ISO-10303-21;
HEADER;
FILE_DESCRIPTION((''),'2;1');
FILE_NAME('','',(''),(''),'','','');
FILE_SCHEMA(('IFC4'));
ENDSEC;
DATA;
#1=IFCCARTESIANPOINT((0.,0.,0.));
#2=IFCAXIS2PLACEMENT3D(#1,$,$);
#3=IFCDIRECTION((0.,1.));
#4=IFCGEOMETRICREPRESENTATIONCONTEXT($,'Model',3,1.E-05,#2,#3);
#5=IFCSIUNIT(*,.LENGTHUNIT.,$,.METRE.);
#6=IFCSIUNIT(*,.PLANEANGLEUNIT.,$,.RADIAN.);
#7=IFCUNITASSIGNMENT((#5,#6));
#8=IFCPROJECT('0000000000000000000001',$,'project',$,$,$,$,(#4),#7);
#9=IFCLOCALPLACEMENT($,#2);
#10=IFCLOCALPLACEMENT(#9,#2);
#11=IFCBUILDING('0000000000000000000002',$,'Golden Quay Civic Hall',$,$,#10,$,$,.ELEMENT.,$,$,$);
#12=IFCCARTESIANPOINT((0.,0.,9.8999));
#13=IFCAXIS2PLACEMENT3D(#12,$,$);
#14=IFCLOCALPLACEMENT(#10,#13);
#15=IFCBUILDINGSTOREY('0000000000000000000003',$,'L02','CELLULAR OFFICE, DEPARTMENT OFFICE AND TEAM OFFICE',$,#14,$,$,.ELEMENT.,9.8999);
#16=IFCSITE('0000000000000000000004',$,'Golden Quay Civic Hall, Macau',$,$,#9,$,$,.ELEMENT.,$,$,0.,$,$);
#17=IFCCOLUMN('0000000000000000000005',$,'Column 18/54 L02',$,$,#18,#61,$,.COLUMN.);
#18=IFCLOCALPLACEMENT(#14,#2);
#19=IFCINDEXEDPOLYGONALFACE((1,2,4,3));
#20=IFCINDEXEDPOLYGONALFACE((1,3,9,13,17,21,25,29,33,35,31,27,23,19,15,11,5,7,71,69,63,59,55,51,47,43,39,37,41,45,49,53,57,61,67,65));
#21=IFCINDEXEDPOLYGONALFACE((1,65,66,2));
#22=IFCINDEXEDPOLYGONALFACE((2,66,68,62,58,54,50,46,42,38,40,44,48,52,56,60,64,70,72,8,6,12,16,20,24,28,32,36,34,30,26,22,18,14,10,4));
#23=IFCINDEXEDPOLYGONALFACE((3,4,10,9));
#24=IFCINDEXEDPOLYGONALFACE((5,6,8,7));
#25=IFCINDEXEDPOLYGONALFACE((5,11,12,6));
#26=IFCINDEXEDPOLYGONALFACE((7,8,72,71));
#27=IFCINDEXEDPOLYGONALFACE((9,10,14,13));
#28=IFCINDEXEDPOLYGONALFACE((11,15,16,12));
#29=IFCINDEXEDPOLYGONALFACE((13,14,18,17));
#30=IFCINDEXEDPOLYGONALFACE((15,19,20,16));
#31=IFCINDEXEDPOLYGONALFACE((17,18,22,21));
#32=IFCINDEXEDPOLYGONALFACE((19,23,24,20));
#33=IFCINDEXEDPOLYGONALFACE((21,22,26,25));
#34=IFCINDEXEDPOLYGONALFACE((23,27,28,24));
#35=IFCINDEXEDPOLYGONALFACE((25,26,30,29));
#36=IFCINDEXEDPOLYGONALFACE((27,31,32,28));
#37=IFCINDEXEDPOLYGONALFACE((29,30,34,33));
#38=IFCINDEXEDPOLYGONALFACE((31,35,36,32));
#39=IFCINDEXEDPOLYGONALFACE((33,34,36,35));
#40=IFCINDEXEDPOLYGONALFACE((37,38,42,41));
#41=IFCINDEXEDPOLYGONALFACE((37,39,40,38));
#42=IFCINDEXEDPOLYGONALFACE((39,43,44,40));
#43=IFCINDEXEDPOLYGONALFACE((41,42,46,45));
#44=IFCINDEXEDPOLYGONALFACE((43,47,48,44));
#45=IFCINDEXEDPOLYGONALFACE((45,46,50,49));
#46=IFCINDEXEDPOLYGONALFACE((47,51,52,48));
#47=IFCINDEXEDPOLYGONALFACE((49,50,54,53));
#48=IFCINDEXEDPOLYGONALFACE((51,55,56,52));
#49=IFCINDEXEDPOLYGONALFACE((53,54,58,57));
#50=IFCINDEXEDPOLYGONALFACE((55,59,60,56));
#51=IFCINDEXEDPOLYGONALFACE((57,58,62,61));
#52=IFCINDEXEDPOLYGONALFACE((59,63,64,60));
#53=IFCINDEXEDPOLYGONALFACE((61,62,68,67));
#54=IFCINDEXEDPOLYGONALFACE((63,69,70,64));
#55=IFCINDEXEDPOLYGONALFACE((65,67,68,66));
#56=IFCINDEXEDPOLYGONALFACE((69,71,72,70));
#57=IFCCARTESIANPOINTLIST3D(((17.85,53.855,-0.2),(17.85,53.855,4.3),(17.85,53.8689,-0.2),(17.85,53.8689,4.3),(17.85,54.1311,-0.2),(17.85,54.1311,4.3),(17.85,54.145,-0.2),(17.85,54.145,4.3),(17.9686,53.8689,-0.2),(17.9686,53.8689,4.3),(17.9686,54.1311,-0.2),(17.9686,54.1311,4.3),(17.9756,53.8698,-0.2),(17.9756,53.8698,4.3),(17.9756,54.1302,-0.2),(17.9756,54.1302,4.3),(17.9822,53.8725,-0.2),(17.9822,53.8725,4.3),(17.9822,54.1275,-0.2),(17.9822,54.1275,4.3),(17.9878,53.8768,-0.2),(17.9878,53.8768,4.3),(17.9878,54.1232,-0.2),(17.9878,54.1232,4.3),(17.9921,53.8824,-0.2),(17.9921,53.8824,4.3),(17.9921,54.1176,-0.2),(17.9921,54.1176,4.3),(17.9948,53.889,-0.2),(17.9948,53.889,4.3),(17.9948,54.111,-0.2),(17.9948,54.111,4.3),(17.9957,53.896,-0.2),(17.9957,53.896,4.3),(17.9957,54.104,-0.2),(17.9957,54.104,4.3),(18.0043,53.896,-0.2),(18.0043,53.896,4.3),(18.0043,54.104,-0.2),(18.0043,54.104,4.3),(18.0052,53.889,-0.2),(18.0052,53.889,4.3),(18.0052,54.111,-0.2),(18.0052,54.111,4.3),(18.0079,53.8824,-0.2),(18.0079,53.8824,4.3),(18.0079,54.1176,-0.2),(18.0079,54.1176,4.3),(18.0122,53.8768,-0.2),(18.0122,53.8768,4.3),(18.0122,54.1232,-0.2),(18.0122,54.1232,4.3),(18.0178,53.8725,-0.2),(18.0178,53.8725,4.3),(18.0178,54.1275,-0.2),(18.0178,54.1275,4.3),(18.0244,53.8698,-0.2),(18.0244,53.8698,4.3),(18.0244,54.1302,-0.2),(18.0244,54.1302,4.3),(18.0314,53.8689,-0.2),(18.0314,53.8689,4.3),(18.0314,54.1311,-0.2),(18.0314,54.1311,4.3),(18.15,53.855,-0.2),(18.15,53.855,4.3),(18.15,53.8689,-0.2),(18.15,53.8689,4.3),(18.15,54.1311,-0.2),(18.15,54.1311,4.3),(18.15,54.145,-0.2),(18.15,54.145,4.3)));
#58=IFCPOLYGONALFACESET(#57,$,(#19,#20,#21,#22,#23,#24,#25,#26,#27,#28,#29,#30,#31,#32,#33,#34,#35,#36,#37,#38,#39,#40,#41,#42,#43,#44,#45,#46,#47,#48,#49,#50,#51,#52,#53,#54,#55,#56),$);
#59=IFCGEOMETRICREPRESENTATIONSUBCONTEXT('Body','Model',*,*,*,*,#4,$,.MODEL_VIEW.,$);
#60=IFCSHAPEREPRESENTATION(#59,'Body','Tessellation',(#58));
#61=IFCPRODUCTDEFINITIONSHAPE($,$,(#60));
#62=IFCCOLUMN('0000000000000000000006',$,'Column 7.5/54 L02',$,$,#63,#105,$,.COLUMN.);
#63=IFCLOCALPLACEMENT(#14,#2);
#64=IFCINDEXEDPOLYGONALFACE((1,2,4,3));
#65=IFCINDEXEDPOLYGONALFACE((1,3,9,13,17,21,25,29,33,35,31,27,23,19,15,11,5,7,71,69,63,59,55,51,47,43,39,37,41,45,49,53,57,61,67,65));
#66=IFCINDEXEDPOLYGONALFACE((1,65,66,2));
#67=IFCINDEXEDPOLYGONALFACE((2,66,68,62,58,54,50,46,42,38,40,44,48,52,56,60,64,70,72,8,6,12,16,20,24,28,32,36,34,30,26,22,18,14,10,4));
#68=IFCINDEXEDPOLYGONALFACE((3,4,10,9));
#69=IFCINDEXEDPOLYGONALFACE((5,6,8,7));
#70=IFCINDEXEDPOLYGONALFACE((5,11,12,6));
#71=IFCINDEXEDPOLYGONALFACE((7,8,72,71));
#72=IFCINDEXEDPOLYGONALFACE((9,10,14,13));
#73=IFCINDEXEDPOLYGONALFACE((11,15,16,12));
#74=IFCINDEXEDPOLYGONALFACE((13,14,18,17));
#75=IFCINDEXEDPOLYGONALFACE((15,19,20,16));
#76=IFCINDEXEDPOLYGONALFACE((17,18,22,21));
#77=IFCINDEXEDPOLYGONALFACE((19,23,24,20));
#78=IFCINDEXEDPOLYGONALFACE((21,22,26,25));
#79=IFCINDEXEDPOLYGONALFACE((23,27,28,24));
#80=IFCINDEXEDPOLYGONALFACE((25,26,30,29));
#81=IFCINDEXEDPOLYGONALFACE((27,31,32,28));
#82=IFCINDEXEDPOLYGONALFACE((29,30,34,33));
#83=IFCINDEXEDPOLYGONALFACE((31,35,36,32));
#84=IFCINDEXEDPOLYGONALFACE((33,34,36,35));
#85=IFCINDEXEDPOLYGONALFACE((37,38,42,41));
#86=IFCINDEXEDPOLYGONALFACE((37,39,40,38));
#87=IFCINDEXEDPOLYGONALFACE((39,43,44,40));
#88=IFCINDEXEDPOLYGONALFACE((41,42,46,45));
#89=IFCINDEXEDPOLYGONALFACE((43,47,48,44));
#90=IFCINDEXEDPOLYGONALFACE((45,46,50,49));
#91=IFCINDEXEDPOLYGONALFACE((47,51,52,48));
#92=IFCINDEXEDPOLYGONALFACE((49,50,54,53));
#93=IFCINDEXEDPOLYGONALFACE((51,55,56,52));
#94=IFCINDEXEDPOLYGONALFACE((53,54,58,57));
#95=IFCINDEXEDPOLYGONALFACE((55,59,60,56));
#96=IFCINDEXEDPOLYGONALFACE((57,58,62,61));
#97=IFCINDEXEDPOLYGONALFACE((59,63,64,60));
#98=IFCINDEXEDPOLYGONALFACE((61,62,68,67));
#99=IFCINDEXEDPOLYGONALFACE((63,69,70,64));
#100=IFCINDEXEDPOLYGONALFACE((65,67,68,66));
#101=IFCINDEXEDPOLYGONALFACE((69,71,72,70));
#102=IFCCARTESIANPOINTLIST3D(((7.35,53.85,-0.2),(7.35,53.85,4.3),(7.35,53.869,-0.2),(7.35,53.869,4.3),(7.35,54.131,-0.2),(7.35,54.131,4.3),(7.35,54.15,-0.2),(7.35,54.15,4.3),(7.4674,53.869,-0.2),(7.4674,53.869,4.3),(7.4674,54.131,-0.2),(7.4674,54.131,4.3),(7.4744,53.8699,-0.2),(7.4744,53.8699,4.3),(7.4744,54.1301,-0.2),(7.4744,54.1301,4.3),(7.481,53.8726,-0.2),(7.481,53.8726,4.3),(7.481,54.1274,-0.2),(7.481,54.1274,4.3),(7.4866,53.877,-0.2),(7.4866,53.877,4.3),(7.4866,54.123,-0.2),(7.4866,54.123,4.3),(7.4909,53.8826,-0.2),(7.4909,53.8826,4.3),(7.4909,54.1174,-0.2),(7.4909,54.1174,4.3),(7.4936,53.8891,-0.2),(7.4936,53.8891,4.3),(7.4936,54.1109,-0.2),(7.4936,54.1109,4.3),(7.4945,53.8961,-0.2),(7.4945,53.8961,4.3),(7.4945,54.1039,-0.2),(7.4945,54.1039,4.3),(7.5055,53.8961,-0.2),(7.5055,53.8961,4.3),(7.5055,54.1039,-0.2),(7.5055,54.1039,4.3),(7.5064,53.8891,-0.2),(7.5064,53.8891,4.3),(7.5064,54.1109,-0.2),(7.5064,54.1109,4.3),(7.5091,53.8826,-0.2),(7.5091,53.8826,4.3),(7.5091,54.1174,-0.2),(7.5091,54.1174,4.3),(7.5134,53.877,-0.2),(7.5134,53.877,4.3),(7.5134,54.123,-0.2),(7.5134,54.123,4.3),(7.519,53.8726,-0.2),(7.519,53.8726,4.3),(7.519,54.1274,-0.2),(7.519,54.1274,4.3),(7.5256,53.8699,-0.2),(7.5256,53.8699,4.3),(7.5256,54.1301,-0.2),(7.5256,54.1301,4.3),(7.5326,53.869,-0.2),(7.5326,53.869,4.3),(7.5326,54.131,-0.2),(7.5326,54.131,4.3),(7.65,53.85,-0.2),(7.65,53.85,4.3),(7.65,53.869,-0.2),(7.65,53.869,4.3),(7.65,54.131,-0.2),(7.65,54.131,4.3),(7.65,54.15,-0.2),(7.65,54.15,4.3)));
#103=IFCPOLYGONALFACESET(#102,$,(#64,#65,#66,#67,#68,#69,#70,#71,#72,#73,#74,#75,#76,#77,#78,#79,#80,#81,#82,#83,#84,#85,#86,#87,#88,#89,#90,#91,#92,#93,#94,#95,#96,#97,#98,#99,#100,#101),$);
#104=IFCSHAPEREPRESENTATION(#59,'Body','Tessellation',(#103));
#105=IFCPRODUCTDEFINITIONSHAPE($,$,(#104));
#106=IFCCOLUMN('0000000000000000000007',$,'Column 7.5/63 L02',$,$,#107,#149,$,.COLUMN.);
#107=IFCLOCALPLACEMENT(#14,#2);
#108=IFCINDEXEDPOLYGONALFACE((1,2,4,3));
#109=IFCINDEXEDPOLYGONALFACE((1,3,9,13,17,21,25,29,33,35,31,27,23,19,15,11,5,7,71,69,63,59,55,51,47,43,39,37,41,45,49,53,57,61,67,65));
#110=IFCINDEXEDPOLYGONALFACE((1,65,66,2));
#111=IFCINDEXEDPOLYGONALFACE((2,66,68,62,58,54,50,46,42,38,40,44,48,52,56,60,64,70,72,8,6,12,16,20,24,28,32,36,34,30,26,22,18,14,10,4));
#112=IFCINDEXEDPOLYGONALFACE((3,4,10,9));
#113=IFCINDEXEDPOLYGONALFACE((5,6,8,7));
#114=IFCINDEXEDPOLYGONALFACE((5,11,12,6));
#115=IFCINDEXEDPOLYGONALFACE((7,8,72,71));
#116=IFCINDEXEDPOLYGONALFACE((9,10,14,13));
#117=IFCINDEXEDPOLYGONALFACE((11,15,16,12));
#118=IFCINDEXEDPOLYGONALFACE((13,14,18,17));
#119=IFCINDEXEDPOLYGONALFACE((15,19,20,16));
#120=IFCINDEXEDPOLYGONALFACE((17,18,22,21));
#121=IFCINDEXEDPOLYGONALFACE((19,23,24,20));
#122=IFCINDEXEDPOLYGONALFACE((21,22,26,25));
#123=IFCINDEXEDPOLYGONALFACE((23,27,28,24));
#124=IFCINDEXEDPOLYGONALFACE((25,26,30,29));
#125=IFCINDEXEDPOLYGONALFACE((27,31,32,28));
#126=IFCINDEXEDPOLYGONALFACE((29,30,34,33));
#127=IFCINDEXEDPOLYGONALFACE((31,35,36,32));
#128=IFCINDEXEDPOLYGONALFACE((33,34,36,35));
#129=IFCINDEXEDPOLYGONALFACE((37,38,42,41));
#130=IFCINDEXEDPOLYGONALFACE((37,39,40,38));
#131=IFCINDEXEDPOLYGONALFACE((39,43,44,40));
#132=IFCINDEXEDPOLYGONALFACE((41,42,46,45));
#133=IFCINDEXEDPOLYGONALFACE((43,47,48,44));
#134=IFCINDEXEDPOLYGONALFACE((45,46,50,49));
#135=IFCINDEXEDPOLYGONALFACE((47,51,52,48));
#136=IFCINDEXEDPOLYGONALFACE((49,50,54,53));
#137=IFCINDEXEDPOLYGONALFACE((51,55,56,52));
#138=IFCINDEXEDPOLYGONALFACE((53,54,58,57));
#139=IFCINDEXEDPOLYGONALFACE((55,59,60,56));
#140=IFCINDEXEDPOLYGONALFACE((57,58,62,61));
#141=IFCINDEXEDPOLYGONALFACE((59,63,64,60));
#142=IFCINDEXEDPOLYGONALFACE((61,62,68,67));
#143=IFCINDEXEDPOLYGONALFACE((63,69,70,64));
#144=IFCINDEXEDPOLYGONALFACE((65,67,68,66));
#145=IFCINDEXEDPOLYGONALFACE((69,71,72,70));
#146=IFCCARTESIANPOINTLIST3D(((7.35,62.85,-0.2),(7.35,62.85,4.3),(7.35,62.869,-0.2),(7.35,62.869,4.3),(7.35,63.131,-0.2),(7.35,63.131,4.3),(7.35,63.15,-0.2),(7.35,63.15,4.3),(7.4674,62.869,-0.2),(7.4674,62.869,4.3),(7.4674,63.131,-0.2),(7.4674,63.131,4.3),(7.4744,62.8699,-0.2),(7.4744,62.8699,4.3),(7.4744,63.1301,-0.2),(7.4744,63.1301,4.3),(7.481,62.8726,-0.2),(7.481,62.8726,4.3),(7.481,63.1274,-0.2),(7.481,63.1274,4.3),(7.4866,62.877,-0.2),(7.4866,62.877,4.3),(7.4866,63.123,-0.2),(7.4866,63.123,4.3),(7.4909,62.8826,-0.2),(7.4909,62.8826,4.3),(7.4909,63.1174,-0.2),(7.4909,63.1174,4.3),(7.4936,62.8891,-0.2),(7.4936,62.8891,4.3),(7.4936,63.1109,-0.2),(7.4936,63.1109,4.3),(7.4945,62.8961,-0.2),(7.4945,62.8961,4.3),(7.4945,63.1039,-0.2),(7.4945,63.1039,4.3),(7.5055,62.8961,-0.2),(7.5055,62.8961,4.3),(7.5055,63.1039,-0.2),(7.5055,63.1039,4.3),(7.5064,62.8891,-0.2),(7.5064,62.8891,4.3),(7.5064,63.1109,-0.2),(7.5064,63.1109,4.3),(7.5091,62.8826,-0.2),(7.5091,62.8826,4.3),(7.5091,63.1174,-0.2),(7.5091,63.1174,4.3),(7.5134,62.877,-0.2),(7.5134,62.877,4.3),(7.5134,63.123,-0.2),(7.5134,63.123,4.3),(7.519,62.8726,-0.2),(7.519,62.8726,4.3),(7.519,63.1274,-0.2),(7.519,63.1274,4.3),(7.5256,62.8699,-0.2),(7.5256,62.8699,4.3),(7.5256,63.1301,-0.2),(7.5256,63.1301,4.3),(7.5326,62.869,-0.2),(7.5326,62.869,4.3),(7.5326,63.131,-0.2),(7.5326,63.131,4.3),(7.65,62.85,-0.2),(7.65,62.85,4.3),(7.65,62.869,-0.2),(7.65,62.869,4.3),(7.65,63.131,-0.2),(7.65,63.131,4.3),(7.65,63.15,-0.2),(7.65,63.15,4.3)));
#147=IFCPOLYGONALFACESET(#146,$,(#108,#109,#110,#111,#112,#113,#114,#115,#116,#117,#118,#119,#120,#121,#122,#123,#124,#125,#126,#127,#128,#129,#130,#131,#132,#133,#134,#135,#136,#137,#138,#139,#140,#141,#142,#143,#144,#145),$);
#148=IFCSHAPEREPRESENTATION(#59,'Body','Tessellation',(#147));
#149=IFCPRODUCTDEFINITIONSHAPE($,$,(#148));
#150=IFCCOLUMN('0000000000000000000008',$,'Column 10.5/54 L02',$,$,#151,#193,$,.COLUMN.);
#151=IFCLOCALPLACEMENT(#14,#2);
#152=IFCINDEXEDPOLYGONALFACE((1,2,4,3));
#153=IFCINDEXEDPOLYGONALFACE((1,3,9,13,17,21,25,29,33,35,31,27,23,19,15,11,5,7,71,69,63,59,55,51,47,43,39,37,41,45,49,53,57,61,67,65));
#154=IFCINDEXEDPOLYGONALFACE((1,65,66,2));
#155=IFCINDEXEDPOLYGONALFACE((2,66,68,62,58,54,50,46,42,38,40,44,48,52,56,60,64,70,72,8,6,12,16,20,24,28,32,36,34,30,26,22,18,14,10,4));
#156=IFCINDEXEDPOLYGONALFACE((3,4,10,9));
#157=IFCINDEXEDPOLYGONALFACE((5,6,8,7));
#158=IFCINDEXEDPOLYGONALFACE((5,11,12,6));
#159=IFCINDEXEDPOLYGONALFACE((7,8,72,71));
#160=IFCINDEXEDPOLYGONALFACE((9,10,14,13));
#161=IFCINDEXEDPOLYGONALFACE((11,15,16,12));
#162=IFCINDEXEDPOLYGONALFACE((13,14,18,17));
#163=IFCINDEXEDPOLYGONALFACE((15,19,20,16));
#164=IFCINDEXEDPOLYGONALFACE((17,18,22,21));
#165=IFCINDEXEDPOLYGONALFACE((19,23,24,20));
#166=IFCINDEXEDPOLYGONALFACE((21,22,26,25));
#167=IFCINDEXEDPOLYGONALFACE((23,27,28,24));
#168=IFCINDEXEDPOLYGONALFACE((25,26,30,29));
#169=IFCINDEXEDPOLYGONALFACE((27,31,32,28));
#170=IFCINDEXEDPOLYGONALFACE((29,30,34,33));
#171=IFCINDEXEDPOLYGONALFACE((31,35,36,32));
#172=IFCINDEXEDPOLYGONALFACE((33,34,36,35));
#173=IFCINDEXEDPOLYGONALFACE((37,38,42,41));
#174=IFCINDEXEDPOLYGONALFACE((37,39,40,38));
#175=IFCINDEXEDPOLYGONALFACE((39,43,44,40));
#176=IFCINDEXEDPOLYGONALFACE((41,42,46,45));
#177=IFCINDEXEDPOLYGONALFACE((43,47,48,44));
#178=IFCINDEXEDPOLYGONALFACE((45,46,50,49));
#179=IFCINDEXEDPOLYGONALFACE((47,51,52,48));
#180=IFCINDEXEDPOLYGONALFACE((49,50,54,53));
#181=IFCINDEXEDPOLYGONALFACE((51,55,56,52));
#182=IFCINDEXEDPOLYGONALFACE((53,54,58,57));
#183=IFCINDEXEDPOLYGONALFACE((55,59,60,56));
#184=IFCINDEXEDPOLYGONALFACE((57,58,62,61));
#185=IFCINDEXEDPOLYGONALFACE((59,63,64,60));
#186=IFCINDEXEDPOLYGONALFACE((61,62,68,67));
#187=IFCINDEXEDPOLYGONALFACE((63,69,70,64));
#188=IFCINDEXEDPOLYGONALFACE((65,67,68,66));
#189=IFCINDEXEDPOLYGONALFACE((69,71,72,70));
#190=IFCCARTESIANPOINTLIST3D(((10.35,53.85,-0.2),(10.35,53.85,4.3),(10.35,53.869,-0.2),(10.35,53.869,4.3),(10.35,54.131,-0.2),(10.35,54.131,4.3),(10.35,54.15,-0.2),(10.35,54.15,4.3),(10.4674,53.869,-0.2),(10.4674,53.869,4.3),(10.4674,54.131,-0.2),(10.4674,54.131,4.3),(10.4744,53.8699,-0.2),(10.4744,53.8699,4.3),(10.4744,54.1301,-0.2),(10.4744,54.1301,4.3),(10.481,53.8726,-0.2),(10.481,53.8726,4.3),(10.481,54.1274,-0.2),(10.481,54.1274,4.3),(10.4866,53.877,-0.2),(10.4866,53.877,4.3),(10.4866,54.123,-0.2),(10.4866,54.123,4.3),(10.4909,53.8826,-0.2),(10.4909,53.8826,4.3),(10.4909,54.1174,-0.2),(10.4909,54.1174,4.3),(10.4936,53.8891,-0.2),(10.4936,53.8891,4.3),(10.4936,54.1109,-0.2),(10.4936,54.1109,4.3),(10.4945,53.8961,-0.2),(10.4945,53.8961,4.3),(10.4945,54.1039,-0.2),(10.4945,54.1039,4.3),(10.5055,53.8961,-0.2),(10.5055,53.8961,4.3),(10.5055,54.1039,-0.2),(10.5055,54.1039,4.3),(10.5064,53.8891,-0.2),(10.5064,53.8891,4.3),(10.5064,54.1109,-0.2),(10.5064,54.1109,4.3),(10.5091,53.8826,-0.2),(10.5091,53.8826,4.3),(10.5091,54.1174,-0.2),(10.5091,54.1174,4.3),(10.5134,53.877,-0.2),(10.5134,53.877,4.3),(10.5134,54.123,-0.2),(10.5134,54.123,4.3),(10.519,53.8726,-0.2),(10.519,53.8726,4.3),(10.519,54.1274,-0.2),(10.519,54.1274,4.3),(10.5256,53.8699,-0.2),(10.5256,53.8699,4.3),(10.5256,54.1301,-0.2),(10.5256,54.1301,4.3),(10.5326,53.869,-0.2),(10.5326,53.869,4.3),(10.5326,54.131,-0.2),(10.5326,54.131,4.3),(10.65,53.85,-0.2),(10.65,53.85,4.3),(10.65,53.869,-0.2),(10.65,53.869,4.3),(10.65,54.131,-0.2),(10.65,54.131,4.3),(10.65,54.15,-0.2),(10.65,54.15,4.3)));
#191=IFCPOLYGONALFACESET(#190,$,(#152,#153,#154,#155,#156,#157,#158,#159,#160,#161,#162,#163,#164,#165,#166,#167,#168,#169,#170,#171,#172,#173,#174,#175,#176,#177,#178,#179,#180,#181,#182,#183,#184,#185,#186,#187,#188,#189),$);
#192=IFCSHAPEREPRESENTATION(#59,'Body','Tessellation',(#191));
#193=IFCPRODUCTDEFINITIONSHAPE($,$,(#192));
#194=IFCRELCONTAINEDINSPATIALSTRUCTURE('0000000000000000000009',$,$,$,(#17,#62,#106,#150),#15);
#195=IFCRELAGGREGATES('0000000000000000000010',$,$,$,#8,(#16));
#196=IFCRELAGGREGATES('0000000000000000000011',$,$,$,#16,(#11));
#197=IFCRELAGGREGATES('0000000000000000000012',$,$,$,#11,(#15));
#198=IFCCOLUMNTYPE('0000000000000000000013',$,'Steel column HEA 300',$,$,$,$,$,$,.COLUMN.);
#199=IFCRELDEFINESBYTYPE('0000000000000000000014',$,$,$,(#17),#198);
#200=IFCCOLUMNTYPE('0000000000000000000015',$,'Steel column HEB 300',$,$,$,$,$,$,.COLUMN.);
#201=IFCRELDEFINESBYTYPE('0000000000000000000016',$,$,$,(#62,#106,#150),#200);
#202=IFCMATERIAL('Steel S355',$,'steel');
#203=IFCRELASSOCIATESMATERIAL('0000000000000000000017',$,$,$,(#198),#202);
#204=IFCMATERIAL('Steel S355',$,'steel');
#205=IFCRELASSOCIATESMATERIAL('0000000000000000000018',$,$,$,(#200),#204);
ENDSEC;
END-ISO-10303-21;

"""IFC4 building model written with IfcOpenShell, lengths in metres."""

from ifc_helpers import new_model, si_unit, direction, frame, origin, origin_2d, place, context, subcontext, project, spatial, i_section, extrude, material, material_profile, profile_set, type_object, element, save


model = new_model("IFC4")

# Units and contexts
model_context = context("Model", 3, precision=1e-05, world=origin(), true_north=direction((0.0, 1.0)))
body_context = subcontext(model_context, "Body", "Model", "MODEL_VIEW")
ifc_project = project(units=[si_unit("LENGTHUNIT", "METRE"), si_unit("PLANEANGLEUNIT", "RADIAN")], contexts=[model_context])

# Site, building, storey
site_placement = place(None, origin())
site = spatial("IfcSite", under=ifc_project, at=site_placement, Name="Golden Quay Civic Hall, Macau", CompositionType="ELEMENT", RefElevation=0.0)
building_placement = place(site_placement, origin())
building = spatial("IfcBuilding", under=site, at=building_placement, Name="Golden Quay Civic Hall", CompositionType="ELEMENT")
storey_placement = place(building_placement, frame((0.0, 0.0, 9.8999)))
storey = spatial("IfcBuildingStorey", under=building, at=storey_placement, Name="L02", Description="CELLULAR OFFICE, DEPARTMENT OFFICE AND TEAM OFFICE", CompositionType="ELEMENT", Elevation=9.8999)

# Columns
ifc_material_1 = material(Name="Steel S355", Category="steel")
ifc_material_profile_1 = material_profile(ifc_material_1, i_section(OverallWidth=0.3, OverallDepth=0.29, WebThickness=0.0085, FlangeThickness=0.0139, FilletRadius=0.0271, at=origin_2d()), Name="HEA 300")
ifc_profile_set_1 = profile_set([ifc_material_profile_1], Name="Steel S355")
column_type_1 = type_object("IfcColumnType", Name="Steel column HEA 300", PredefinedType="COLUMN", material=ifc_profile_set_1)
column_placement = place(storey_placement, frame((18.0, 54.0, -0.2), z_axis=(0.0, 0.0, 1.0), x_axis=(1.0, 0.0, 0.0)))
element("IfcColumn", 1, at=column_placement, inside=storey, type_object=column_type_1, Name="Column 18/54 L02", PredefinedType="COLUMN", context=body_context, shape_type="SweptSolid", body=[
    extrude(i_section(OverallWidth=0.3, OverallDepth=0.29, WebThickness=0.0085, FlangeThickness=0.0139, FilletRadius=0.0271, at=origin_2d()), origin(), (0.0, 0.0, 1.0), 4.5),
])
ifc_material_2 = material(Name="Steel S355", Category="steel")
ifc_material_profile_2 = material_profile(ifc_material_2, i_section(OverallWidth=0.3, OverallDepth=0.3, WebThickness=0.011, FlangeThickness=0.019, FilletRadius=0.0271, at=origin_2d()), Name="HEB 300")
ifc_profile_set_2 = profile_set([ifc_material_profile_2], Name="Steel S355")
column_type_2 = type_object("IfcColumnType", Name="Steel column HEB 300", PredefinedType="COLUMN", material=ifc_profile_set_2)
for number, where, z_axis, x_axis, name in (
    (2, (7.5, 54.0, -0.2), (0.0, 0.0, 1.0), (1.0, 0.0, 0.0), "Column 7.5/54 L02"),
    (3, (7.5, 63.0, -0.2), (0.0, 0.0, 1.0), (1.0, 0.0, 0.0), "Column 7.5/63 L02"),
    (4, (10.5, 54.0, -0.2), (0.0, 0.0, 1.0), (1.0, 0.0, 0.0), "Column 10.5/54 L02"),
):
    element("IfcColumn", number, at=place(storey_placement, frame(where, z_axis=z_axis, x_axis=x_axis)), inside=storey, type_object=column_type_2, Name=name, PredefinedType="COLUMN", context=body_context, shape_type="SweptSolid", body=[
        extrude(i_section(OverallWidth=0.3, OverallDepth=0.3, WebThickness=0.011, FlangeThickness=0.019, FilletRadius=0.0271, at=origin_2d()), origin(), (0.0, 0.0, 1.0), 4.5),
    ])

save(model, "model.ifc")
